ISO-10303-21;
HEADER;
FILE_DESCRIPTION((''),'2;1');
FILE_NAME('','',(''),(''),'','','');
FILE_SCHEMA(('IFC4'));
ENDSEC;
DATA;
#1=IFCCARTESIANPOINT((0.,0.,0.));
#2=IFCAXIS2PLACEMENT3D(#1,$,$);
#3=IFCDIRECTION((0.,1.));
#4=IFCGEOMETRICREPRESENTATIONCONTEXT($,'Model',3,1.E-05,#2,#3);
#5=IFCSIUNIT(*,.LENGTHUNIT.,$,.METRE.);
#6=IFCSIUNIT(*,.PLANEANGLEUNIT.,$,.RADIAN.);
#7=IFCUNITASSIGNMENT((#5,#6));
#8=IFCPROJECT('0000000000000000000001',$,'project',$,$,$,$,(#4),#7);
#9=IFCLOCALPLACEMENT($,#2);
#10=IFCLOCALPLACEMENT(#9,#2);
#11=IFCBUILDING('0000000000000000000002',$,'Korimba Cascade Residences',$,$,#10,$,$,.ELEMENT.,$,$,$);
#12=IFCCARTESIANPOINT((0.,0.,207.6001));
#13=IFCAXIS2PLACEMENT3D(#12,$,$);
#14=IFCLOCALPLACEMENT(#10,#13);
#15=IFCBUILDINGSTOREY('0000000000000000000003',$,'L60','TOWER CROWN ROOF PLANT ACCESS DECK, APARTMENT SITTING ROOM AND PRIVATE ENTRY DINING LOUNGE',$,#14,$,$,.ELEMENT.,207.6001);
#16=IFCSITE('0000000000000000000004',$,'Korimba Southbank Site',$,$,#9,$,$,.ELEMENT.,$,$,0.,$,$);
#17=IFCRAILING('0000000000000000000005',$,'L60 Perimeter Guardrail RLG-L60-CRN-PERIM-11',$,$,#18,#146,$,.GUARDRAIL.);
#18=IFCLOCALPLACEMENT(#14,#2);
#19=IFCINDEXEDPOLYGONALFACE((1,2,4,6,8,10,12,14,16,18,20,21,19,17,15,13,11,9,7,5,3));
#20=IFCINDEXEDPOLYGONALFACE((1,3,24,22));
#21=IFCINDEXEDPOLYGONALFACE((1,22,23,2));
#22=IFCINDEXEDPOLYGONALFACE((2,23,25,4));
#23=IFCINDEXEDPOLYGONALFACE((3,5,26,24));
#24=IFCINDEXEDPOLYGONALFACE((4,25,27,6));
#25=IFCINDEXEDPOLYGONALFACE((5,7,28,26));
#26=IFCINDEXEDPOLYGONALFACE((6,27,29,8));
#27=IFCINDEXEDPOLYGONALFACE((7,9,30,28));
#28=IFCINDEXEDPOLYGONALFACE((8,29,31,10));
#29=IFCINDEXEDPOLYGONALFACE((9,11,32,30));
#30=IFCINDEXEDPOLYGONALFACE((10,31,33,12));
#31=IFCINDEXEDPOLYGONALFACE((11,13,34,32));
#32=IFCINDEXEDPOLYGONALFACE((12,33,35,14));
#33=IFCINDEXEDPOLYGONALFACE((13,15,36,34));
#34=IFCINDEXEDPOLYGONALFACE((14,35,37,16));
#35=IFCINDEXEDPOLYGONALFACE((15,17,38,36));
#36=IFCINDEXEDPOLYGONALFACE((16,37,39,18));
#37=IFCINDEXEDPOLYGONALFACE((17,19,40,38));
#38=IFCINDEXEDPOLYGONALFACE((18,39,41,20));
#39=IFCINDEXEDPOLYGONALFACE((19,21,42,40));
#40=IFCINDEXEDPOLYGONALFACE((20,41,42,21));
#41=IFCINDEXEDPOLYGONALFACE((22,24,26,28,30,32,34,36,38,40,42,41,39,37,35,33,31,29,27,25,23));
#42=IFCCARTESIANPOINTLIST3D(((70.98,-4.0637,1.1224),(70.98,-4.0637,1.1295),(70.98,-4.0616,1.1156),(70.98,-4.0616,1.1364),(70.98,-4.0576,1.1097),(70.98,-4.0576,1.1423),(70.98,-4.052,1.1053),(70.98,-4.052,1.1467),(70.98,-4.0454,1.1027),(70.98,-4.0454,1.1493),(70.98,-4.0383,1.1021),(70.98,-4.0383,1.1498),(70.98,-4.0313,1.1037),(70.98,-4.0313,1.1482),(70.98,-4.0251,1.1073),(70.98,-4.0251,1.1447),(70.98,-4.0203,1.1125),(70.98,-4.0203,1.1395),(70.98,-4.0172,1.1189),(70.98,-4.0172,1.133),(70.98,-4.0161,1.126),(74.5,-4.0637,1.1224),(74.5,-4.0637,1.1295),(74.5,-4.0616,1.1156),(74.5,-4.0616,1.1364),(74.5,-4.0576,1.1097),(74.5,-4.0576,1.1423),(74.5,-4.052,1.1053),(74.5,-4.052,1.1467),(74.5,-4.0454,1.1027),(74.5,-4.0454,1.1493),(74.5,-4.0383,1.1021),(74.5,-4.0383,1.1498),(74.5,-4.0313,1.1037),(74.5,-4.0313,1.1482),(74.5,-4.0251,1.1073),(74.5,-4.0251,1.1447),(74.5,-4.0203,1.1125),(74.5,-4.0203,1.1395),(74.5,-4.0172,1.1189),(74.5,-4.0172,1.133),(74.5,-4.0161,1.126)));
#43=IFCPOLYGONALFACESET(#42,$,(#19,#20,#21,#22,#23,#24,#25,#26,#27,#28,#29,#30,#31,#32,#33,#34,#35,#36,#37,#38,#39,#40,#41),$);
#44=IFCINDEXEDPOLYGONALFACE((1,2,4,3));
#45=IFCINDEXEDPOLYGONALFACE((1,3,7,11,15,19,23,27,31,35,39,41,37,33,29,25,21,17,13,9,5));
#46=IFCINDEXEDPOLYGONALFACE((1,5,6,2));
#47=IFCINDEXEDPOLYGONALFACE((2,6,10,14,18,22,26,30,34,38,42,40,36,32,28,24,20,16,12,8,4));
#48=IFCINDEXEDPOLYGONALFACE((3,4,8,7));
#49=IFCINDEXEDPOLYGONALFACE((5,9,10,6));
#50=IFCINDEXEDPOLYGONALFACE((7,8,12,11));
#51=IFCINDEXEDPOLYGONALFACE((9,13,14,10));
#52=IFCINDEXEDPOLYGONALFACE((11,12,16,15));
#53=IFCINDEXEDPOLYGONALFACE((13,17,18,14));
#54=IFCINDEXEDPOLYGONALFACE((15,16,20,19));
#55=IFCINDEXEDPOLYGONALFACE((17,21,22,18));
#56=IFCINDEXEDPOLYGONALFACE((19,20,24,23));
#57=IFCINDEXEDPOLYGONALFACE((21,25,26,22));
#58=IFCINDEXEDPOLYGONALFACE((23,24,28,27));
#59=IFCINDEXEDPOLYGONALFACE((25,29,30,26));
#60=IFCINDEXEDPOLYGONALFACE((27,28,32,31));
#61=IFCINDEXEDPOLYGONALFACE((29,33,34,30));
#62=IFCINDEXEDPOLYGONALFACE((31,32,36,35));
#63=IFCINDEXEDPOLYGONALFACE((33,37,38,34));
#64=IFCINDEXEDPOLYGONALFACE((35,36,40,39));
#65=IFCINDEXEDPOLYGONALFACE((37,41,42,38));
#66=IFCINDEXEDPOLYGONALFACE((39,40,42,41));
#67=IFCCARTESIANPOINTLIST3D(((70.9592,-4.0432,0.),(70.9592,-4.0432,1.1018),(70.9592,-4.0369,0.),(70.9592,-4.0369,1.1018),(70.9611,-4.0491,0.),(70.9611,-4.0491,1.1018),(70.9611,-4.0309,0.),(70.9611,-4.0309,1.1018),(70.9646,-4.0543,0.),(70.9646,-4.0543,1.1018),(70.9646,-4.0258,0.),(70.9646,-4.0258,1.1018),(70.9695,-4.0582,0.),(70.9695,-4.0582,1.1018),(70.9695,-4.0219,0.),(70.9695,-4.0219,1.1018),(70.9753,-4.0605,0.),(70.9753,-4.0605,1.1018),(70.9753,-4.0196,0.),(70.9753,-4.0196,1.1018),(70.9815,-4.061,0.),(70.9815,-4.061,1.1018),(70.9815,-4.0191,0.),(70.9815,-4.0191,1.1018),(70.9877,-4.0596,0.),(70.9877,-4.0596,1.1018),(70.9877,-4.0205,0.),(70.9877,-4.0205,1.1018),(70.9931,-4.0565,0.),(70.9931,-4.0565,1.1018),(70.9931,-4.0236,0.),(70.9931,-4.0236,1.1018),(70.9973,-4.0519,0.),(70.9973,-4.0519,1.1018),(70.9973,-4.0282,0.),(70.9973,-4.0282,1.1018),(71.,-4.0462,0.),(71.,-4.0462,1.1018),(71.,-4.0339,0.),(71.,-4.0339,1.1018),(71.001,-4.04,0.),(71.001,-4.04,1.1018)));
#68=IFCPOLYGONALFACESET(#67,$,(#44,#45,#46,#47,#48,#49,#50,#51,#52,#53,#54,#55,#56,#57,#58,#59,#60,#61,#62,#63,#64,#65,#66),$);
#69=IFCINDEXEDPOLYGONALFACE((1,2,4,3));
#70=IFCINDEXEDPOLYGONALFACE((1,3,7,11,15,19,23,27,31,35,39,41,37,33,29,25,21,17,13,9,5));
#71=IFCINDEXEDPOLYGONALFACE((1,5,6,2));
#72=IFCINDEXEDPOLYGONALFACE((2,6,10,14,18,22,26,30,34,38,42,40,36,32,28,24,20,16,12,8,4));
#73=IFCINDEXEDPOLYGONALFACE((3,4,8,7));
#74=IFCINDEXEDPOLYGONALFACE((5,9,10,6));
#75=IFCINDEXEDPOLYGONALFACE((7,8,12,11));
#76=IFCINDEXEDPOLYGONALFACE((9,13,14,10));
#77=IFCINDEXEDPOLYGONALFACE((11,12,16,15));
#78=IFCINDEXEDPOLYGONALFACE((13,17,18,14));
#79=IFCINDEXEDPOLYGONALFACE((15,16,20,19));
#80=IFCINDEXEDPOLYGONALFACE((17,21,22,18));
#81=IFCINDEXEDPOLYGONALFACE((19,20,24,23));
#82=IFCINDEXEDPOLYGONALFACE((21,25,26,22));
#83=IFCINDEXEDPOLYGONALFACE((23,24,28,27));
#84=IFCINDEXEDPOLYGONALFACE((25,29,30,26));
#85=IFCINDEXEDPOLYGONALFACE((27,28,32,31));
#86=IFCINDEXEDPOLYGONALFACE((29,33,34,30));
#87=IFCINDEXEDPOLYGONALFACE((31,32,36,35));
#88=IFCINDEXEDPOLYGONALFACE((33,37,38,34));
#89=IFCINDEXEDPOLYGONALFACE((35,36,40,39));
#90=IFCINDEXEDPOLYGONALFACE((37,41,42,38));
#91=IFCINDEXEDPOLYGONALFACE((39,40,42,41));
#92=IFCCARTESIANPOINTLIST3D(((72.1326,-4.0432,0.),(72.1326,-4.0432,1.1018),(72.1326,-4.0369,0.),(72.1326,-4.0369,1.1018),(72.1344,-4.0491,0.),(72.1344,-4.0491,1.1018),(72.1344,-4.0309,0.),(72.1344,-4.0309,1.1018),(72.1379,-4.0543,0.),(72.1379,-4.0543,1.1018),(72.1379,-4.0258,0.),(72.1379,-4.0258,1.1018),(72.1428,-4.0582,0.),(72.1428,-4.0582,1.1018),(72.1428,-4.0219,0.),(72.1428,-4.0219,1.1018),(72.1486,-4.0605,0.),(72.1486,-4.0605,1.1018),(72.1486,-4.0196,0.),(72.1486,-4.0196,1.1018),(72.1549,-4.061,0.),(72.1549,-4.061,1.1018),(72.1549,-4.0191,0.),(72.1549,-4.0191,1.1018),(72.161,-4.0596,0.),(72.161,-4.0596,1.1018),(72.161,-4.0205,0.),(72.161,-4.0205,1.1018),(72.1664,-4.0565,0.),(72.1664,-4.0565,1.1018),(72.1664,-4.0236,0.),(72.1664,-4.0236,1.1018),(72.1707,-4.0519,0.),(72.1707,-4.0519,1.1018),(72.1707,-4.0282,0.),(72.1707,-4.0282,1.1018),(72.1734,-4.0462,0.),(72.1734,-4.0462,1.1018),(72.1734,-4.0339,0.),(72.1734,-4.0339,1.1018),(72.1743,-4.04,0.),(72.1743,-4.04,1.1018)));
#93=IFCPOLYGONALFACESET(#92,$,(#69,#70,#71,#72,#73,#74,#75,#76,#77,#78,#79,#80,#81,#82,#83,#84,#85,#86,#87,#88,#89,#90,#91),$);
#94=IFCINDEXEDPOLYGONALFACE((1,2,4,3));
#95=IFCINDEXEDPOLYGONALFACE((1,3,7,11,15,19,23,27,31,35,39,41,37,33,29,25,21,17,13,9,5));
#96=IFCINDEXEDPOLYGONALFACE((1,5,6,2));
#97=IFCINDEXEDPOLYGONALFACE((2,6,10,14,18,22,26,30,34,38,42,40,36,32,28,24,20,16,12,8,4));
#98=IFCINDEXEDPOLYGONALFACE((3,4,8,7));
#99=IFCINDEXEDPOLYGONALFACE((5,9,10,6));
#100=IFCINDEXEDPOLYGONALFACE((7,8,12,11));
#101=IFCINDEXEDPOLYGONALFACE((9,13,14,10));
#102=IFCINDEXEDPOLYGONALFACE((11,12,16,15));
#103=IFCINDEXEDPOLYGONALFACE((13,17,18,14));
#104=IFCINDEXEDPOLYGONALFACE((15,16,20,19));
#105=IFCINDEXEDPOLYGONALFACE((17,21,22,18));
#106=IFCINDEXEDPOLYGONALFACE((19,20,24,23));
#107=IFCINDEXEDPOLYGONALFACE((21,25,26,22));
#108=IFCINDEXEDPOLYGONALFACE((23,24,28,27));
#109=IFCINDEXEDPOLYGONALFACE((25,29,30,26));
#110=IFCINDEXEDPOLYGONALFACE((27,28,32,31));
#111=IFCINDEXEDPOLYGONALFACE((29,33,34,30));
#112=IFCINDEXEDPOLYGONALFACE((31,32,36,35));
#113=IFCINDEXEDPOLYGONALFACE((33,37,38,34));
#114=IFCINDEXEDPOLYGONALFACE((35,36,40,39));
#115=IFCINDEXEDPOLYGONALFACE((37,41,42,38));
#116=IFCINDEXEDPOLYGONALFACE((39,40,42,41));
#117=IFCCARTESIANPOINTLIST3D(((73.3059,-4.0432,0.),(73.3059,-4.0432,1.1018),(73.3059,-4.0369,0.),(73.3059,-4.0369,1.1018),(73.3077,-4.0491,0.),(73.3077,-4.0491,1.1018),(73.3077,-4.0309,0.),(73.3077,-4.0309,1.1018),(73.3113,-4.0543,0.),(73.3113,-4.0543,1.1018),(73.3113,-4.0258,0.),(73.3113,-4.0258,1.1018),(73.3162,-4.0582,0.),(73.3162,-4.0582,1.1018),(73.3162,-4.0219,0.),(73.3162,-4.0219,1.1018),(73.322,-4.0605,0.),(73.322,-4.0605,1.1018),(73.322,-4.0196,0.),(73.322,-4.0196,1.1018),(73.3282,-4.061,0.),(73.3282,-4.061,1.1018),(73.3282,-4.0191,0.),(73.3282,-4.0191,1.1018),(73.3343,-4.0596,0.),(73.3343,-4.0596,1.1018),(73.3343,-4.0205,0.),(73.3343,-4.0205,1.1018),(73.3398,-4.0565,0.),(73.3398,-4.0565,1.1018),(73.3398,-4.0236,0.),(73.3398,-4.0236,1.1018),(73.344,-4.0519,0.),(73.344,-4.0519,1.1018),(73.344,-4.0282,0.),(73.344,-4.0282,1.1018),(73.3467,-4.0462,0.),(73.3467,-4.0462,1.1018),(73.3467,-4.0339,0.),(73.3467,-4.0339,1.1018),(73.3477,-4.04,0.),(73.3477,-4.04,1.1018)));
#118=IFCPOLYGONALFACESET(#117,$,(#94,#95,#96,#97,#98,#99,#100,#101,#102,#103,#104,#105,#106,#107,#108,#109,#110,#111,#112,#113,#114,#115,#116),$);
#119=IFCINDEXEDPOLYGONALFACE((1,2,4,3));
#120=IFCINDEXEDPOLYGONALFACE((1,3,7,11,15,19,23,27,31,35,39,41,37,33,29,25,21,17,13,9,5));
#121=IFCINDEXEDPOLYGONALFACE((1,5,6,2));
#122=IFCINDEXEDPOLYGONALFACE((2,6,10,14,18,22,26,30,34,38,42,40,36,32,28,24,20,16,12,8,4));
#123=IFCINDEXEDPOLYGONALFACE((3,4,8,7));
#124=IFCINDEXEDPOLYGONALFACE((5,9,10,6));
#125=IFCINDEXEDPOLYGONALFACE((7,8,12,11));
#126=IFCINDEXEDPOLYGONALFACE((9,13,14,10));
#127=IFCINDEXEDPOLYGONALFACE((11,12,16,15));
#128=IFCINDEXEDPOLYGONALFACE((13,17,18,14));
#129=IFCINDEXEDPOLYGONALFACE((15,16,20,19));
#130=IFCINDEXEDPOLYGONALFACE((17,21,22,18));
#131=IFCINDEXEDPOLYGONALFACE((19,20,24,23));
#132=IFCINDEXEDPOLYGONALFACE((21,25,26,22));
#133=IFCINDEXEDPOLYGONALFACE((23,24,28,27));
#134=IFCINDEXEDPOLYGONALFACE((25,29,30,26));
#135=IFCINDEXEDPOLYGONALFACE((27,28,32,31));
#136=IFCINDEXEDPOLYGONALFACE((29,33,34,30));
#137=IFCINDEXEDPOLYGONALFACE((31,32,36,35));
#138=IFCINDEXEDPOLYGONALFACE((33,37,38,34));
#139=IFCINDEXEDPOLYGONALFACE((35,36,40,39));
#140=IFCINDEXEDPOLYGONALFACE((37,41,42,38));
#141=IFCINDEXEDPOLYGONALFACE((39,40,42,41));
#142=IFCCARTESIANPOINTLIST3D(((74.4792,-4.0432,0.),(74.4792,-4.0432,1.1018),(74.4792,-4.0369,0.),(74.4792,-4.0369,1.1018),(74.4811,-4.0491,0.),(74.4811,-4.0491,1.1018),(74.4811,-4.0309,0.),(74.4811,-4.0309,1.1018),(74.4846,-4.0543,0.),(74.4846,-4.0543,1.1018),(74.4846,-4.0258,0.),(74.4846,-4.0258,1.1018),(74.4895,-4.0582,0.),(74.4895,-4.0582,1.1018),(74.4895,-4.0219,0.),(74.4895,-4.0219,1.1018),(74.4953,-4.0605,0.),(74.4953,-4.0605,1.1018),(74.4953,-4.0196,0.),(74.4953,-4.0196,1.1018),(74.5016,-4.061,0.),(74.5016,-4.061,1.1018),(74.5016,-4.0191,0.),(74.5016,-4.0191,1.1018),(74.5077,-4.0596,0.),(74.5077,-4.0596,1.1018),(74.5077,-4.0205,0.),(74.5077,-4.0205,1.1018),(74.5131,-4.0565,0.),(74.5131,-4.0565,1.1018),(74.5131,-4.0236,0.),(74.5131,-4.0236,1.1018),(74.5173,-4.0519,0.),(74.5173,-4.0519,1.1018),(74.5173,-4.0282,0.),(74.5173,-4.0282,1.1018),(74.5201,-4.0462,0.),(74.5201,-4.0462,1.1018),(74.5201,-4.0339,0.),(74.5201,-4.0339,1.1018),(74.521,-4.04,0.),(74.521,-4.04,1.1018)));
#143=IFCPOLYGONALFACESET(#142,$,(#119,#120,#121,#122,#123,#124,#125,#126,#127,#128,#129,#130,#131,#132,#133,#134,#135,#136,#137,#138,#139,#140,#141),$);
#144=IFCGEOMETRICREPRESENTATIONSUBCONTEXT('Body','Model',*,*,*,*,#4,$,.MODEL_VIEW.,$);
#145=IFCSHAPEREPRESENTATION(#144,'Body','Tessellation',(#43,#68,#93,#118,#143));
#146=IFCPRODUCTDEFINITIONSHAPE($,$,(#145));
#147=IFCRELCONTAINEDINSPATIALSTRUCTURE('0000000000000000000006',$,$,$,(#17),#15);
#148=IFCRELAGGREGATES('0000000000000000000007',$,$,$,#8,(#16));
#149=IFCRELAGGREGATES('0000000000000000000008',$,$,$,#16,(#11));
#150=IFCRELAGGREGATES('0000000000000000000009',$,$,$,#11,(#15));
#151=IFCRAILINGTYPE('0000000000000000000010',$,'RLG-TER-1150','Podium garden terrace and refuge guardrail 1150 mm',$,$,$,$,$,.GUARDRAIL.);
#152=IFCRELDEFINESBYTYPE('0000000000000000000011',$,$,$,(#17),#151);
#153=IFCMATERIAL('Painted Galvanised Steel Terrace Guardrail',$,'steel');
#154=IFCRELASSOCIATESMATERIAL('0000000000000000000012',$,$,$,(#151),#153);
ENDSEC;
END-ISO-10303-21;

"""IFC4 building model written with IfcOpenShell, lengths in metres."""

from ifc_helpers import new_model, si_unit, direction, frame, origin, origin_2d, place, context, subcontext, project, spatial, circle, extrude, material, type_object, element, save


model = new_model("IFC4")

# Units and contexts
model_context = context("Model", 3, precision=1e-05, world=origin(), true_north=direction((0.0, 1.0)))
body_context = subcontext(model_context, "Body", "Model", "MODEL_VIEW")
ifc_project = project(units=[si_unit("LENGTHUNIT", "METRE"), si_unit("PLANEANGLEUNIT", "RADIAN")], contexts=[model_context])

# Site, building, storey
site_placement = place(None, origin())
site = spatial("IfcSite", under=ifc_project, at=site_placement, Name="Korimba Southbank Site", CompositionType="ELEMENT", RefElevation=0.0)
building_placement = place(site_placement, origin())
building = spatial("IfcBuilding", under=site, at=building_placement, Name="Korimba Cascade Residences", CompositionType="ELEMENT")
storey_placement = place(building_placement, frame((0.0, 0.0, 207.6001)))
storey = spatial("IfcBuildingStorey", under=building, at=storey_placement, Name="L60", Description="TOWER CROWN ROOF PLANT ACCESS DECK, APARTMENT SITTING ROOM AND PRIVATE ENTRY DINING LOUNGE", CompositionType="ELEMENT", Elevation=207.6001)

# Railing
ifc_material_1 = material(Name="Painted Galvanised Steel Terrace Guardrail", Category="steel")
railing_type = type_object("IfcRailingType", Name="RLG-TER-1150", Description="Podium garden terrace and refuge guardrail 1150 mm", PredefinedType="GUARDRAIL", material=ifc_material_1)
railing_placement = place(storey_placement, frame((70.98, -4.04, 0.0)))
element("IfcRailing", 1, at=railing_placement, inside=storey, type_object=railing_type, Name="L60 Perimeter Guardrail RLG-L60-CRN-PERIM-11", PredefinedType="GUARDRAIL", context=body_context, shape_type="SweptSolid", body=[
    extrude(circle(Radius=0.0239, at=origin_2d()), frame((0.0, 0.0, 1.126), z_axis=(1.0, 0.0, 0.0), x_axis=(0.0, 1.0, 0.0)), (0.0, 0.0, 1.0), 3.52),
    extrude(circle(Radius=0.021, at=origin_2d()), origin(), (0.0, 0.0, 1.0), 1.1018),
    extrude(circle(Radius=0.021, at=origin_2d()), frame((1.1733, 0.0, 0.0)), (0.0, 0.0, 1.0), 1.1018),
    extrude(circle(Radius=0.021, at=origin_2d()), frame((2.3467, 0.0, 0.0)), (0.0, 0.0, 1.0), 1.1018),
    extrude(circle(Radius=0.021, at=origin_2d()), frame((3.52, 0.0, 0.0)), (0.0, 0.0, 1.0), 1.1018),
])

save(model, "model.ifc")
